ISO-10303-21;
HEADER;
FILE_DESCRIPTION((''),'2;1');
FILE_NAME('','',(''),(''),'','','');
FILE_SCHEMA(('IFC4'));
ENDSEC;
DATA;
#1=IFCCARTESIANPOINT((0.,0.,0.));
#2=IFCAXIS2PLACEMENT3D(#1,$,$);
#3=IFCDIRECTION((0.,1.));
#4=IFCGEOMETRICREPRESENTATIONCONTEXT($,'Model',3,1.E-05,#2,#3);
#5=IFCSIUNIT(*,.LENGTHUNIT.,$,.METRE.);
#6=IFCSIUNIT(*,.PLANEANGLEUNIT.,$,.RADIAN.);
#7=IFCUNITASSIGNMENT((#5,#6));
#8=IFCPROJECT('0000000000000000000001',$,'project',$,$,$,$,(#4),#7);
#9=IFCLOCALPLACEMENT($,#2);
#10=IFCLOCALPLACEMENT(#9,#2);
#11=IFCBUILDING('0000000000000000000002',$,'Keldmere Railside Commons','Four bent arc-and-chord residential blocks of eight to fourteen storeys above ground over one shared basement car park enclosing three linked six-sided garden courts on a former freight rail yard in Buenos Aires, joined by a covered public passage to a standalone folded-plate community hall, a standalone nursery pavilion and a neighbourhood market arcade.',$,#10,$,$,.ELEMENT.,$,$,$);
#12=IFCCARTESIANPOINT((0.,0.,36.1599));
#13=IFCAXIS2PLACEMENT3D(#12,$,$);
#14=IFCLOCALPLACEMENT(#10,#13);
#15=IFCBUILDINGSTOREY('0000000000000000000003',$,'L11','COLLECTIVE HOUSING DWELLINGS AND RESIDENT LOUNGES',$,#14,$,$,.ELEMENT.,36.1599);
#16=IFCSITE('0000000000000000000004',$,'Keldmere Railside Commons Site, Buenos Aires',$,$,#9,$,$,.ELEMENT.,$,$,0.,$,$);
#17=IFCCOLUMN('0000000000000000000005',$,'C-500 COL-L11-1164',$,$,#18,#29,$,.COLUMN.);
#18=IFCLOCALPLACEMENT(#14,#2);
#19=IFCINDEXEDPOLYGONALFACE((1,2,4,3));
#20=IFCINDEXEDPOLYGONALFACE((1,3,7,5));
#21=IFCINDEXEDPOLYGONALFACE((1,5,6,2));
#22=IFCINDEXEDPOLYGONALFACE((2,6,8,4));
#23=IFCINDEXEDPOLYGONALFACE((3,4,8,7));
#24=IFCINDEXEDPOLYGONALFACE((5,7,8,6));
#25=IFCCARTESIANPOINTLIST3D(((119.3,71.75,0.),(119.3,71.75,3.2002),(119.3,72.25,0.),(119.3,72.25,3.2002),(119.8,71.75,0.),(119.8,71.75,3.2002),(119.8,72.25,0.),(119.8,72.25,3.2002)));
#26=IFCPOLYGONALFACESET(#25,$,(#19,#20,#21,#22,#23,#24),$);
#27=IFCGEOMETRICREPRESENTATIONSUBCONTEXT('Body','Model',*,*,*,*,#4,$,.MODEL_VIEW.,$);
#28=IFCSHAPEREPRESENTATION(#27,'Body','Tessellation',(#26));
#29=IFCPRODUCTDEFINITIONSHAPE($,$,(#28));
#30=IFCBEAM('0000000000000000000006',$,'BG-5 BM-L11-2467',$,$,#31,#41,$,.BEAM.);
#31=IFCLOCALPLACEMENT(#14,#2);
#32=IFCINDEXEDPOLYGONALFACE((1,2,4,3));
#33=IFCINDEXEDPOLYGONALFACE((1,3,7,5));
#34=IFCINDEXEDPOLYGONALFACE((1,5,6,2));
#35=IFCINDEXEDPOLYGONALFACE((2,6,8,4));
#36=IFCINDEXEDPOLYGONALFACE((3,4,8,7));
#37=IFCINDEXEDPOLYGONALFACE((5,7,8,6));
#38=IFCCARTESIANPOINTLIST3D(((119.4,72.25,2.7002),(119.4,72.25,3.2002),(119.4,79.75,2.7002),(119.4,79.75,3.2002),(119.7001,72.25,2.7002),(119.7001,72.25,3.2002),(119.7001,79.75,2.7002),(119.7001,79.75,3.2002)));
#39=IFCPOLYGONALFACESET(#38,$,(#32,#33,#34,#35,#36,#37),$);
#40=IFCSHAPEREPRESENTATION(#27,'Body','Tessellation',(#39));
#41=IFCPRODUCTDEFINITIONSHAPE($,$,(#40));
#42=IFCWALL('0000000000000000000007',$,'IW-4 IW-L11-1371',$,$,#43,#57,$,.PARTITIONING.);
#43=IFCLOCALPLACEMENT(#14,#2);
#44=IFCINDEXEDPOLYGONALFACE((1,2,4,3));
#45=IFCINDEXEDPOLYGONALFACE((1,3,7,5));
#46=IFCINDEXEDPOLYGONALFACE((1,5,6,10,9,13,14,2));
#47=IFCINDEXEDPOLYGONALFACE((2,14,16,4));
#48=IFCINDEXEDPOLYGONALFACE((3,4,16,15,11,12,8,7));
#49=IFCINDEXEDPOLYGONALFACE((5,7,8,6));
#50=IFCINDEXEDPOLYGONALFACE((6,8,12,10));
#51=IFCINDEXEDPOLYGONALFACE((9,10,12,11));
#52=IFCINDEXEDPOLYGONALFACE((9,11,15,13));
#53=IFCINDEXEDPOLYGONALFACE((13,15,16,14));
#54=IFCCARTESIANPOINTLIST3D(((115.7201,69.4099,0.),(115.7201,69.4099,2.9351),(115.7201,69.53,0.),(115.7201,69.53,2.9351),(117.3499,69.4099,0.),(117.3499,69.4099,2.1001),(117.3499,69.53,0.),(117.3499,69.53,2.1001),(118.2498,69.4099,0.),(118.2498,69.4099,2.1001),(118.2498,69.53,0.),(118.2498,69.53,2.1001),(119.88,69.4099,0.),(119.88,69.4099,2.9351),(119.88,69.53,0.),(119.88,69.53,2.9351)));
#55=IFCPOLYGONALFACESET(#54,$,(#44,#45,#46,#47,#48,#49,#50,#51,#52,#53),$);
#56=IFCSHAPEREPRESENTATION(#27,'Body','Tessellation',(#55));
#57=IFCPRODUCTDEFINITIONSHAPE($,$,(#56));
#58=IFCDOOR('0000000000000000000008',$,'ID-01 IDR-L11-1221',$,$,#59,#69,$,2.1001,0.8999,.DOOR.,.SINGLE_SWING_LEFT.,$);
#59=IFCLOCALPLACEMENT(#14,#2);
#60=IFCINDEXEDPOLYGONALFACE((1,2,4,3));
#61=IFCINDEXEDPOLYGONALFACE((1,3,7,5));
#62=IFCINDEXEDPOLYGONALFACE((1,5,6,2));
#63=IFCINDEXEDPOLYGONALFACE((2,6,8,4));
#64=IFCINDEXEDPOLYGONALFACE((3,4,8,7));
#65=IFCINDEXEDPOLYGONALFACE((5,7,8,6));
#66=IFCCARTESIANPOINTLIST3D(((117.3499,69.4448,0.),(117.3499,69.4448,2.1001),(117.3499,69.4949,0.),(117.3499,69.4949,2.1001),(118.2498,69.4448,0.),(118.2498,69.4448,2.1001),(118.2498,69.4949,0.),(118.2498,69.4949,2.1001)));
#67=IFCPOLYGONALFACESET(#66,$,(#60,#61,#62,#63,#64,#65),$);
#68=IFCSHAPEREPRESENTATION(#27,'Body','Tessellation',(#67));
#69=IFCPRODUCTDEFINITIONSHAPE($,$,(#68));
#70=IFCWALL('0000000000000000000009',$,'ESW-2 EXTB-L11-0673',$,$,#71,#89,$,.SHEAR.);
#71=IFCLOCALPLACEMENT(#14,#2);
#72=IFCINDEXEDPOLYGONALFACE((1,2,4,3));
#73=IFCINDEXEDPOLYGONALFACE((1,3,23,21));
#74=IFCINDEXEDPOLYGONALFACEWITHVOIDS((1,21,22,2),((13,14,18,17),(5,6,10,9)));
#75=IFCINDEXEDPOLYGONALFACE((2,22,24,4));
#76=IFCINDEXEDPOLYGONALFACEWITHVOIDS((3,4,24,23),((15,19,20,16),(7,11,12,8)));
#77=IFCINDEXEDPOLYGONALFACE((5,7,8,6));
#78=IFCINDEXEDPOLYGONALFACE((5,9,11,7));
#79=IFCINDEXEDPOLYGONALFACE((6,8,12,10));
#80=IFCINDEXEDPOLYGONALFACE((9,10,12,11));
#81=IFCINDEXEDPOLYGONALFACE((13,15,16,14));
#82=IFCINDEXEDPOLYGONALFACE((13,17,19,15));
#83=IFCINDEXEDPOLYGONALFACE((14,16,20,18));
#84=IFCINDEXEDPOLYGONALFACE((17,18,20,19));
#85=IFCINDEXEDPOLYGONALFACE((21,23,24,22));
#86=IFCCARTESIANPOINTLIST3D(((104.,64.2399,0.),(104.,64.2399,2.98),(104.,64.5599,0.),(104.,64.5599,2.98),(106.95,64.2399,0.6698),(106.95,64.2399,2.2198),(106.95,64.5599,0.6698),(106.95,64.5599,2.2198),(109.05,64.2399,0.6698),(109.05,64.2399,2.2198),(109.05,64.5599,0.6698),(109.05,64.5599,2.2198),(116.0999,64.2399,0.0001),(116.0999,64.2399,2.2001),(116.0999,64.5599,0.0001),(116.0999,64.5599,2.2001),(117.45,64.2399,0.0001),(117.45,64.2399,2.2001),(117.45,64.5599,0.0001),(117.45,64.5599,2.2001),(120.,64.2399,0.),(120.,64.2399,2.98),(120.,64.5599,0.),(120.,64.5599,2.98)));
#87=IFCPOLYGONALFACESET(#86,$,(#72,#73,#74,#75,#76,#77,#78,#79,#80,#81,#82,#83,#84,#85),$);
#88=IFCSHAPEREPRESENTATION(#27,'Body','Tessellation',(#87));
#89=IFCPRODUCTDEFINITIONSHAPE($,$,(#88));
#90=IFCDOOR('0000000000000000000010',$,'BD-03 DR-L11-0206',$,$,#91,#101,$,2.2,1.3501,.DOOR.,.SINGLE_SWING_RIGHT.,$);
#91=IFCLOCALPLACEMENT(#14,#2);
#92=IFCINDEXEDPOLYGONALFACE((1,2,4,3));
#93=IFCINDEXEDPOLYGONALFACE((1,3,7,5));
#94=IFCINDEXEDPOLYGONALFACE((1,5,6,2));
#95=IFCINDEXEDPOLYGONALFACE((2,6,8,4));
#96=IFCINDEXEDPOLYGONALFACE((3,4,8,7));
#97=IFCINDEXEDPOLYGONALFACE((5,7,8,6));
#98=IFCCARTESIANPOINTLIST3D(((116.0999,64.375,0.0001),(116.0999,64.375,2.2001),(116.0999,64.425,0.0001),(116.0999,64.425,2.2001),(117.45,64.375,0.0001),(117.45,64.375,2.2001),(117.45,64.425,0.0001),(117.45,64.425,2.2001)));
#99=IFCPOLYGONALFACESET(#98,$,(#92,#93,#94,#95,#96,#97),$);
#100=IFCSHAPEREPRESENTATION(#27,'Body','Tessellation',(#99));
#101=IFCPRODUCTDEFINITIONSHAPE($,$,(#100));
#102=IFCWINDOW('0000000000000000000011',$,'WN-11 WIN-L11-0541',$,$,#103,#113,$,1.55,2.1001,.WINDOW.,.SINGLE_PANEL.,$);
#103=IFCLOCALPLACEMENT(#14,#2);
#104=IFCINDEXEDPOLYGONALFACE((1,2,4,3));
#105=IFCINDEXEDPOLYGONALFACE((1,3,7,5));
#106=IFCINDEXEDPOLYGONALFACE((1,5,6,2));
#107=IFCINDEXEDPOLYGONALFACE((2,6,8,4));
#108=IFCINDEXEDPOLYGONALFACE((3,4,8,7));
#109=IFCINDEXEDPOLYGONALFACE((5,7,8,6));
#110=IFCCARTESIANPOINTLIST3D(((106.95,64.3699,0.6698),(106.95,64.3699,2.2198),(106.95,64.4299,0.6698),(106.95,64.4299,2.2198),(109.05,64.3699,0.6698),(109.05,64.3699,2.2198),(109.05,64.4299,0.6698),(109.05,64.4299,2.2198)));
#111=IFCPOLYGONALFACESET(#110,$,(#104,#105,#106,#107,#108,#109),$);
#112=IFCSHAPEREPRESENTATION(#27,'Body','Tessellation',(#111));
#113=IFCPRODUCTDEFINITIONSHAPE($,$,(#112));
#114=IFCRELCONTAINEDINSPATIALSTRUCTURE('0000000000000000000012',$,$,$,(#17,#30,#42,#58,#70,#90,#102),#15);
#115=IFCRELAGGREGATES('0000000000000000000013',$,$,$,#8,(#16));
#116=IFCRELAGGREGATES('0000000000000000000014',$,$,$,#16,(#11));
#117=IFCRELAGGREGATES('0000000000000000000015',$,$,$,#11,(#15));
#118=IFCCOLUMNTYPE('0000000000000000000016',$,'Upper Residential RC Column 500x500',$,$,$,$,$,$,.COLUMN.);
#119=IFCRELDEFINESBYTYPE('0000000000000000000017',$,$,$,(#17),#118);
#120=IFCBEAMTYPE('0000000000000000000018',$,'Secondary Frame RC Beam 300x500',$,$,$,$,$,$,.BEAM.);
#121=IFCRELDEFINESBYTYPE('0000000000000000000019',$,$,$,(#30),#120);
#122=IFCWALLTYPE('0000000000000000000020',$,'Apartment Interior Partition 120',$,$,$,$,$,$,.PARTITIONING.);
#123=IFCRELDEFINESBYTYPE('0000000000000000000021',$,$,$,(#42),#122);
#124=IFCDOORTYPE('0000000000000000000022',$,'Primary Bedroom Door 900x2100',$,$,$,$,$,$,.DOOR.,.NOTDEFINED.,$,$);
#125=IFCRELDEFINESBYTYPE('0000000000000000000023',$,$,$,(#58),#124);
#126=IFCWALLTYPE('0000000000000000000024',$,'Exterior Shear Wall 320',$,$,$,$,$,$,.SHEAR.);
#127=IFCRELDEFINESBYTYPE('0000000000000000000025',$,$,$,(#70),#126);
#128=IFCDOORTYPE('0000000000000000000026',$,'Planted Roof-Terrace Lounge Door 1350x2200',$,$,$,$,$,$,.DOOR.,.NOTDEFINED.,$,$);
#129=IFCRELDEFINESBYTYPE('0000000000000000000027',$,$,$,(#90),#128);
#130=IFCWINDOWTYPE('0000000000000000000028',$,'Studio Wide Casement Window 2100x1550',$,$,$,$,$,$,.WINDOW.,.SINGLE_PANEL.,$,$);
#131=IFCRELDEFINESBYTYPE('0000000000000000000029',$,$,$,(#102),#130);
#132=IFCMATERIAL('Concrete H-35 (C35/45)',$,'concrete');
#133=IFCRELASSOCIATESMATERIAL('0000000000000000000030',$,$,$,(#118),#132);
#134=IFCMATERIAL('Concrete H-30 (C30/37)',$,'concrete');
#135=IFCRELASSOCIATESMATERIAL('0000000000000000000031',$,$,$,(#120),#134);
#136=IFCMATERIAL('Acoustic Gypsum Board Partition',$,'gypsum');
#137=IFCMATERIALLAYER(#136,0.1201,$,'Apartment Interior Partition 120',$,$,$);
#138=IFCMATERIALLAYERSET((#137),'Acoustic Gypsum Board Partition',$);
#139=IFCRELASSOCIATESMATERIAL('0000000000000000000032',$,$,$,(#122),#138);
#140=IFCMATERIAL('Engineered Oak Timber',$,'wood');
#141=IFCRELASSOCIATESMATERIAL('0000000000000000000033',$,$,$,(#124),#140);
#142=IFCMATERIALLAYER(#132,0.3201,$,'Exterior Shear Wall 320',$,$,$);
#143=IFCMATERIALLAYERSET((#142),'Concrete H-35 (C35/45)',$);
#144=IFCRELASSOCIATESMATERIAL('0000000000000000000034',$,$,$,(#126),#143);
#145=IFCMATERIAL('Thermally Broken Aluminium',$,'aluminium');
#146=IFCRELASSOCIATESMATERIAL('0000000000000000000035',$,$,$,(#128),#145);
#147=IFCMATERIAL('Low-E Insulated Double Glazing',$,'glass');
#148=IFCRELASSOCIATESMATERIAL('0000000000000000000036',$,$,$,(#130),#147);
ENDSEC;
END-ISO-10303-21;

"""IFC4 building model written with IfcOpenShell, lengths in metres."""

from ifc_helpers import new_model, si_unit, direction, frame, frame_2d, origin, origin_2d, place, context, subcontext, project, spatial, rectangle, extrude, material, layer, layer_set, material_profile, profile_set, type_object, element, fill, save


model = new_model("IFC4")

# Units and contexts
model_context = context("Model", 3, precision=1e-05, world=origin(), true_north=direction((0.0, 1.0)))
body_context = subcontext(model_context, "Body", "Model", "MODEL_VIEW")
ifc_project = project(units=[si_unit("LENGTHUNIT", "METRE"), si_unit("PLANEANGLEUNIT", "RADIAN")], contexts=[model_context])

# Site, building, storey
site_placement = place(None, origin())
site = spatial("IfcSite", under=ifc_project, at=site_placement, Name="Keldmere Railside Commons Site, Buenos Aires", CompositionType="ELEMENT", RefElevation=0.0)
building_placement = place(site_placement, origin())
building = spatial("IfcBuilding", under=site, at=building_placement, Name="Keldmere Railside Commons", Description="Four bent arc-and-chord residential blocks of eight to fourteen storeys above ground over one shared basement car park enclosing three linked six-sided garden courts on a former freight rail yard in Buenos Aires, joined by a covered public passage to a standalone folded-plate community hall, a standalone nursery pavilion and a neighbourhood market arcade.", CompositionType="ELEMENT")
storey_placement = place(building_placement, frame((0.0, 0.0, 36.1599)))
storey = spatial("IfcBuildingStorey", under=building, at=storey_placement, Name="L11", Description="COLLECTIVE HOUSING DWELLINGS AND RESIDENT LOUNGES", CompositionType="ELEMENT", Elevation=36.1599)

# Column
ifc_material_1 = material(Name="Concrete H-35 (C35/45)", Category="concrete")
ifc_material_profile_1 = material_profile(ifc_material_1, rectangle(XDim=0.5, YDim=0.5, at=origin_2d()), Name="RC-500x500")
ifc_profile_set_1 = profile_set([ifc_material_profile_1], Name="Concrete H-35 (C35/45)")
column_type = type_object("IfcColumnType", Name="Upper Residential RC Column 500x500", PredefinedType="COLUMN", material=ifc_profile_set_1)
column_placement = place(storey_placement, frame((119.55, 72.0, 0.0), z_axis=(0.0, 0.0, 1.0), x_axis=(1.0, 0.0, 0.0)))
element("IfcColumn", 1, at=column_placement, inside=storey, type_object=column_type, Name="C-500 COL-L11-1164", PredefinedType="COLUMN", context=body_context, shape_type="SweptSolid", body=[
    extrude(rectangle(XDim=0.5, YDim=0.5, at=origin_2d()), origin(), (0.0, 0.0, 1.0), 3.2002),
])

# Beam
ifc_material_2 = material(Name="Concrete H-30 (C30/37)", Category="concrete")
ifc_material_profile_2 = material_profile(ifc_material_2, rectangle(XDim=0.3, YDim=0.5, at=origin_2d()), Name="RC-300x500")
ifc_profile_set_2 = profile_set([ifc_material_profile_2], Name="Concrete H-30 (C30/37)")
beam_type = type_object("IfcBeamType", Name="Secondary Frame RC Beam 300x500", PredefinedType="BEAM", material=ifc_profile_set_2)
beam_placement = place(storey_placement, frame((119.55, 72.25, 2.9502), z_axis=(0.0, 1.0, 0.0), x_axis=(-1.0, 0.0, 0.0)))
element("IfcBeam", 2, at=beam_placement, inside=storey, type_object=beam_type, Name="BG-5 BM-L11-2467", PredefinedType="BEAM", context=body_context, shape_type="SweptSolid", body=[
    extrude(rectangle(XDim=0.3, YDim=0.5, at=origin_2d()), origin(), (0.0, 0.0, 1.0), 7.5),
])

# Wall, opening, door
ifc_material_3 = material(Name="Acoustic Gypsum Board Partition", Category="gypsum")
ifc_layer_1 = layer(ifc_material_3, 0.1201, Name="Apartment Interior Partition 120")
ifc_layer_set_1 = layer_set([ifc_layer_1], Name="Acoustic Gypsum Board Partition")
wall_type_1 = type_object("IfcWallType", Name="Apartment Interior Partition 120", PredefinedType="PARTITIONING", material=ifc_layer_set_1)
wall_1_placement = place(storey_placement, frame((115.72, 69.47, 0.0), z_axis=(0.0, 0.0, 1.0), x_axis=(1.0, 0.0, 0.0)))
wall_1 = element("IfcWall", 3, at=wall_1_placement, inside=storey, type_object=wall_type_1, Name="IW-4 IW-L11-1371", PredefinedType="PARTITIONING", context=body_context, shape_type="SweptSolid", body=[
    extrude(rectangle(XDim=4.1599, YDim=0.1201, at=frame_2d((2.0801, 0.0))), origin(), (0.0, 0.0, 1.0), 2.9351),
])
opening_1_placement = place(wall_1_placement, frame((1.6299, 0.0, 0.0)))
opening_1 = element("IfcOpeningElement", 4, at=opening_1_placement, cuts=wall_1, PredefinedType="OPENING", context=body_context, shape_type="SweptSolid", body=[
    extrude(rectangle(XDim=0.8999, YDim=2.1001, at=frame_2d((0.45, 1.05))), frame((0.0, 0.0701, 0.0), z_axis=(0.0, -1.0, 0.0), x_axis=(1.0, 0.0, 0.0)), (0.0, 0.0, 1.0), 0.1401),
])
ifc_material_4 = material(Name="Engineered Oak Timber", Category="wood")
door_type_1 = type_object("IfcDoorType", Name="Primary Bedroom Door 900x2100", OperationType="NOTDEFINED", PredefinedType="DOOR", material=ifc_material_4)
door_1_placement = place(opening_1_placement, origin())
door_1 = element("IfcDoor", 5, at=door_1_placement, inside=storey, type_object=door_type_1, Name="ID-01 IDR-L11-1221", OperationType="SINGLE_SWING_LEFT", OverallHeight=2.1001, OverallWidth=0.8999, PredefinedType="DOOR", context=body_context, shape_type="SweptSolid", body=[
    extrude(rectangle(XDim=0.8999, YDim=2.1001, at=frame_2d((0.45, 1.05))), frame((0.0, 0.0249, 0.0), z_axis=(0.0, -1.0, 0.0), x_axis=(1.0, 0.0, 0.0)), (0.0, 0.0, 1.0), 0.05),
])
fill(opening_1, door_1)

# Wall, openings, door, window
ifc_layer_2 = layer(ifc_material_1, 0.3201, Name="Exterior Shear Wall 320")
ifc_layer_set_2 = layer_set([ifc_layer_2], Name="Concrete H-35 (C35/45)")
wall_type_2 = type_object("IfcWallType", Name="Exterior Shear Wall 320", PredefinedType="SHEAR", material=ifc_layer_set_2)
wall_2_placement = place(storey_placement, frame((120.0, 64.3999, 0.0), z_axis=(0.0, 0.0, 1.0), x_axis=(-1.0, 0.0, 0.0)))
wall_2 = element("IfcWall", 6, at=wall_2_placement, inside=storey, type_object=wall_type_2, Name="ESW-2 EXTB-L11-0673", PredefinedType="SHEAR", context=body_context, shape_type="SweptSolid", body=[
    extrude(rectangle(XDim=16.0, YDim=0.3201, at=frame_2d((8.0, 0.0))), origin(), (0.0, 0.0, 1.0), 2.98),
])
opening_2_placement = place(wall_2_placement, frame((2.55, 0.0, 0.0)))
opening_2 = element("IfcOpeningElement", 7, at=opening_2_placement, cuts=wall_2, PredefinedType="OPENING", context=body_context, shape_type="SweptSolid", body=[
    extrude(rectangle(XDim=1.3501, YDim=2.2, at=frame_2d((0.675, 1.1001))), frame((0.0, 0.1699, 0.0), z_axis=(0.0, -1.0, 0.0), x_axis=(1.0, 0.0, 0.0)), (0.0, 0.0, 1.0), 0.3401),
])
opening_3_placement = place(wall_2_placement, frame((10.95, 0.0, 0.6699)))
opening_3 = element("IfcOpeningElement", 8, at=opening_3_placement, cuts=wall_2, PredefinedType="OPENING", context=body_context, shape_type="SweptSolid", body=[
    extrude(rectangle(XDim=2.1001, YDim=1.55, at=frame_2d((1.05, 0.7749))), frame((0.0, 0.1699, 0.0), z_axis=(0.0, -1.0, 0.0), x_axis=(1.0, 0.0, 0.0)), (0.0, 0.0, 1.0), 0.3401),
])
ifc_material_5 = material(Name="Thermally Broken Aluminium", Category="aluminium")
door_type_2 = type_object("IfcDoorType", Name="Planted Roof-Terrace Lounge Door 1350x2200", OperationType="NOTDEFINED", PredefinedType="DOOR", material=ifc_material_5)
door_2_placement = place(opening_2_placement, origin())
door_2 = element("IfcDoor", 9, at=door_2_placement, inside=storey, type_object=door_type_2, Name="BD-03 DR-L11-0206", OperationType="SINGLE_SWING_RIGHT", OverallHeight=2.2, OverallWidth=1.3501, PredefinedType="DOOR", context=body_context, shape_type="SweptSolid", body=[
    extrude(rectangle(XDim=1.3501, YDim=2.2, at=frame_2d((0.675, 1.1001))), frame((0.0, 0.0249, 0.0), z_axis=(0.0, -1.0, 0.0), x_axis=(1.0, 0.0, 0.0)), (0.0, 0.0, 1.0), 0.05),
])
fill(opening_2, door_2)
ifc_material_6 = material(Name="Low-E Insulated Double Glazing", Category="glass")
window_type = type_object("IfcWindowType", Name="Studio Wide Casement Window 2100x1550", PartitioningType="SINGLE_PANEL", PredefinedType="WINDOW", material=ifc_material_6)
window_placement = place(opening_3_placement, origin())
window = element("IfcWindow", 10, at=window_placement, inside=storey, type_object=window_type, Name="WN-11 WIN-L11-0541", OverallHeight=1.55, OverallWidth=2.1001, PartitioningType="SINGLE_PANEL", PredefinedType="WINDOW", context=body_context, shape_type="SweptSolid", body=[
    extrude(rectangle(XDim=2.1001, YDim=1.55, at=frame_2d((1.05, 0.7749))), frame((0.0, 0.03, 0.0), z_axis=(0.0, -1.0, 0.0), x_axis=(1.0, 0.0, 0.0)), (0.0, 0.0, 1.0), 0.0601),
])
fill(opening_3, window)

save(model, "model.ifc")
